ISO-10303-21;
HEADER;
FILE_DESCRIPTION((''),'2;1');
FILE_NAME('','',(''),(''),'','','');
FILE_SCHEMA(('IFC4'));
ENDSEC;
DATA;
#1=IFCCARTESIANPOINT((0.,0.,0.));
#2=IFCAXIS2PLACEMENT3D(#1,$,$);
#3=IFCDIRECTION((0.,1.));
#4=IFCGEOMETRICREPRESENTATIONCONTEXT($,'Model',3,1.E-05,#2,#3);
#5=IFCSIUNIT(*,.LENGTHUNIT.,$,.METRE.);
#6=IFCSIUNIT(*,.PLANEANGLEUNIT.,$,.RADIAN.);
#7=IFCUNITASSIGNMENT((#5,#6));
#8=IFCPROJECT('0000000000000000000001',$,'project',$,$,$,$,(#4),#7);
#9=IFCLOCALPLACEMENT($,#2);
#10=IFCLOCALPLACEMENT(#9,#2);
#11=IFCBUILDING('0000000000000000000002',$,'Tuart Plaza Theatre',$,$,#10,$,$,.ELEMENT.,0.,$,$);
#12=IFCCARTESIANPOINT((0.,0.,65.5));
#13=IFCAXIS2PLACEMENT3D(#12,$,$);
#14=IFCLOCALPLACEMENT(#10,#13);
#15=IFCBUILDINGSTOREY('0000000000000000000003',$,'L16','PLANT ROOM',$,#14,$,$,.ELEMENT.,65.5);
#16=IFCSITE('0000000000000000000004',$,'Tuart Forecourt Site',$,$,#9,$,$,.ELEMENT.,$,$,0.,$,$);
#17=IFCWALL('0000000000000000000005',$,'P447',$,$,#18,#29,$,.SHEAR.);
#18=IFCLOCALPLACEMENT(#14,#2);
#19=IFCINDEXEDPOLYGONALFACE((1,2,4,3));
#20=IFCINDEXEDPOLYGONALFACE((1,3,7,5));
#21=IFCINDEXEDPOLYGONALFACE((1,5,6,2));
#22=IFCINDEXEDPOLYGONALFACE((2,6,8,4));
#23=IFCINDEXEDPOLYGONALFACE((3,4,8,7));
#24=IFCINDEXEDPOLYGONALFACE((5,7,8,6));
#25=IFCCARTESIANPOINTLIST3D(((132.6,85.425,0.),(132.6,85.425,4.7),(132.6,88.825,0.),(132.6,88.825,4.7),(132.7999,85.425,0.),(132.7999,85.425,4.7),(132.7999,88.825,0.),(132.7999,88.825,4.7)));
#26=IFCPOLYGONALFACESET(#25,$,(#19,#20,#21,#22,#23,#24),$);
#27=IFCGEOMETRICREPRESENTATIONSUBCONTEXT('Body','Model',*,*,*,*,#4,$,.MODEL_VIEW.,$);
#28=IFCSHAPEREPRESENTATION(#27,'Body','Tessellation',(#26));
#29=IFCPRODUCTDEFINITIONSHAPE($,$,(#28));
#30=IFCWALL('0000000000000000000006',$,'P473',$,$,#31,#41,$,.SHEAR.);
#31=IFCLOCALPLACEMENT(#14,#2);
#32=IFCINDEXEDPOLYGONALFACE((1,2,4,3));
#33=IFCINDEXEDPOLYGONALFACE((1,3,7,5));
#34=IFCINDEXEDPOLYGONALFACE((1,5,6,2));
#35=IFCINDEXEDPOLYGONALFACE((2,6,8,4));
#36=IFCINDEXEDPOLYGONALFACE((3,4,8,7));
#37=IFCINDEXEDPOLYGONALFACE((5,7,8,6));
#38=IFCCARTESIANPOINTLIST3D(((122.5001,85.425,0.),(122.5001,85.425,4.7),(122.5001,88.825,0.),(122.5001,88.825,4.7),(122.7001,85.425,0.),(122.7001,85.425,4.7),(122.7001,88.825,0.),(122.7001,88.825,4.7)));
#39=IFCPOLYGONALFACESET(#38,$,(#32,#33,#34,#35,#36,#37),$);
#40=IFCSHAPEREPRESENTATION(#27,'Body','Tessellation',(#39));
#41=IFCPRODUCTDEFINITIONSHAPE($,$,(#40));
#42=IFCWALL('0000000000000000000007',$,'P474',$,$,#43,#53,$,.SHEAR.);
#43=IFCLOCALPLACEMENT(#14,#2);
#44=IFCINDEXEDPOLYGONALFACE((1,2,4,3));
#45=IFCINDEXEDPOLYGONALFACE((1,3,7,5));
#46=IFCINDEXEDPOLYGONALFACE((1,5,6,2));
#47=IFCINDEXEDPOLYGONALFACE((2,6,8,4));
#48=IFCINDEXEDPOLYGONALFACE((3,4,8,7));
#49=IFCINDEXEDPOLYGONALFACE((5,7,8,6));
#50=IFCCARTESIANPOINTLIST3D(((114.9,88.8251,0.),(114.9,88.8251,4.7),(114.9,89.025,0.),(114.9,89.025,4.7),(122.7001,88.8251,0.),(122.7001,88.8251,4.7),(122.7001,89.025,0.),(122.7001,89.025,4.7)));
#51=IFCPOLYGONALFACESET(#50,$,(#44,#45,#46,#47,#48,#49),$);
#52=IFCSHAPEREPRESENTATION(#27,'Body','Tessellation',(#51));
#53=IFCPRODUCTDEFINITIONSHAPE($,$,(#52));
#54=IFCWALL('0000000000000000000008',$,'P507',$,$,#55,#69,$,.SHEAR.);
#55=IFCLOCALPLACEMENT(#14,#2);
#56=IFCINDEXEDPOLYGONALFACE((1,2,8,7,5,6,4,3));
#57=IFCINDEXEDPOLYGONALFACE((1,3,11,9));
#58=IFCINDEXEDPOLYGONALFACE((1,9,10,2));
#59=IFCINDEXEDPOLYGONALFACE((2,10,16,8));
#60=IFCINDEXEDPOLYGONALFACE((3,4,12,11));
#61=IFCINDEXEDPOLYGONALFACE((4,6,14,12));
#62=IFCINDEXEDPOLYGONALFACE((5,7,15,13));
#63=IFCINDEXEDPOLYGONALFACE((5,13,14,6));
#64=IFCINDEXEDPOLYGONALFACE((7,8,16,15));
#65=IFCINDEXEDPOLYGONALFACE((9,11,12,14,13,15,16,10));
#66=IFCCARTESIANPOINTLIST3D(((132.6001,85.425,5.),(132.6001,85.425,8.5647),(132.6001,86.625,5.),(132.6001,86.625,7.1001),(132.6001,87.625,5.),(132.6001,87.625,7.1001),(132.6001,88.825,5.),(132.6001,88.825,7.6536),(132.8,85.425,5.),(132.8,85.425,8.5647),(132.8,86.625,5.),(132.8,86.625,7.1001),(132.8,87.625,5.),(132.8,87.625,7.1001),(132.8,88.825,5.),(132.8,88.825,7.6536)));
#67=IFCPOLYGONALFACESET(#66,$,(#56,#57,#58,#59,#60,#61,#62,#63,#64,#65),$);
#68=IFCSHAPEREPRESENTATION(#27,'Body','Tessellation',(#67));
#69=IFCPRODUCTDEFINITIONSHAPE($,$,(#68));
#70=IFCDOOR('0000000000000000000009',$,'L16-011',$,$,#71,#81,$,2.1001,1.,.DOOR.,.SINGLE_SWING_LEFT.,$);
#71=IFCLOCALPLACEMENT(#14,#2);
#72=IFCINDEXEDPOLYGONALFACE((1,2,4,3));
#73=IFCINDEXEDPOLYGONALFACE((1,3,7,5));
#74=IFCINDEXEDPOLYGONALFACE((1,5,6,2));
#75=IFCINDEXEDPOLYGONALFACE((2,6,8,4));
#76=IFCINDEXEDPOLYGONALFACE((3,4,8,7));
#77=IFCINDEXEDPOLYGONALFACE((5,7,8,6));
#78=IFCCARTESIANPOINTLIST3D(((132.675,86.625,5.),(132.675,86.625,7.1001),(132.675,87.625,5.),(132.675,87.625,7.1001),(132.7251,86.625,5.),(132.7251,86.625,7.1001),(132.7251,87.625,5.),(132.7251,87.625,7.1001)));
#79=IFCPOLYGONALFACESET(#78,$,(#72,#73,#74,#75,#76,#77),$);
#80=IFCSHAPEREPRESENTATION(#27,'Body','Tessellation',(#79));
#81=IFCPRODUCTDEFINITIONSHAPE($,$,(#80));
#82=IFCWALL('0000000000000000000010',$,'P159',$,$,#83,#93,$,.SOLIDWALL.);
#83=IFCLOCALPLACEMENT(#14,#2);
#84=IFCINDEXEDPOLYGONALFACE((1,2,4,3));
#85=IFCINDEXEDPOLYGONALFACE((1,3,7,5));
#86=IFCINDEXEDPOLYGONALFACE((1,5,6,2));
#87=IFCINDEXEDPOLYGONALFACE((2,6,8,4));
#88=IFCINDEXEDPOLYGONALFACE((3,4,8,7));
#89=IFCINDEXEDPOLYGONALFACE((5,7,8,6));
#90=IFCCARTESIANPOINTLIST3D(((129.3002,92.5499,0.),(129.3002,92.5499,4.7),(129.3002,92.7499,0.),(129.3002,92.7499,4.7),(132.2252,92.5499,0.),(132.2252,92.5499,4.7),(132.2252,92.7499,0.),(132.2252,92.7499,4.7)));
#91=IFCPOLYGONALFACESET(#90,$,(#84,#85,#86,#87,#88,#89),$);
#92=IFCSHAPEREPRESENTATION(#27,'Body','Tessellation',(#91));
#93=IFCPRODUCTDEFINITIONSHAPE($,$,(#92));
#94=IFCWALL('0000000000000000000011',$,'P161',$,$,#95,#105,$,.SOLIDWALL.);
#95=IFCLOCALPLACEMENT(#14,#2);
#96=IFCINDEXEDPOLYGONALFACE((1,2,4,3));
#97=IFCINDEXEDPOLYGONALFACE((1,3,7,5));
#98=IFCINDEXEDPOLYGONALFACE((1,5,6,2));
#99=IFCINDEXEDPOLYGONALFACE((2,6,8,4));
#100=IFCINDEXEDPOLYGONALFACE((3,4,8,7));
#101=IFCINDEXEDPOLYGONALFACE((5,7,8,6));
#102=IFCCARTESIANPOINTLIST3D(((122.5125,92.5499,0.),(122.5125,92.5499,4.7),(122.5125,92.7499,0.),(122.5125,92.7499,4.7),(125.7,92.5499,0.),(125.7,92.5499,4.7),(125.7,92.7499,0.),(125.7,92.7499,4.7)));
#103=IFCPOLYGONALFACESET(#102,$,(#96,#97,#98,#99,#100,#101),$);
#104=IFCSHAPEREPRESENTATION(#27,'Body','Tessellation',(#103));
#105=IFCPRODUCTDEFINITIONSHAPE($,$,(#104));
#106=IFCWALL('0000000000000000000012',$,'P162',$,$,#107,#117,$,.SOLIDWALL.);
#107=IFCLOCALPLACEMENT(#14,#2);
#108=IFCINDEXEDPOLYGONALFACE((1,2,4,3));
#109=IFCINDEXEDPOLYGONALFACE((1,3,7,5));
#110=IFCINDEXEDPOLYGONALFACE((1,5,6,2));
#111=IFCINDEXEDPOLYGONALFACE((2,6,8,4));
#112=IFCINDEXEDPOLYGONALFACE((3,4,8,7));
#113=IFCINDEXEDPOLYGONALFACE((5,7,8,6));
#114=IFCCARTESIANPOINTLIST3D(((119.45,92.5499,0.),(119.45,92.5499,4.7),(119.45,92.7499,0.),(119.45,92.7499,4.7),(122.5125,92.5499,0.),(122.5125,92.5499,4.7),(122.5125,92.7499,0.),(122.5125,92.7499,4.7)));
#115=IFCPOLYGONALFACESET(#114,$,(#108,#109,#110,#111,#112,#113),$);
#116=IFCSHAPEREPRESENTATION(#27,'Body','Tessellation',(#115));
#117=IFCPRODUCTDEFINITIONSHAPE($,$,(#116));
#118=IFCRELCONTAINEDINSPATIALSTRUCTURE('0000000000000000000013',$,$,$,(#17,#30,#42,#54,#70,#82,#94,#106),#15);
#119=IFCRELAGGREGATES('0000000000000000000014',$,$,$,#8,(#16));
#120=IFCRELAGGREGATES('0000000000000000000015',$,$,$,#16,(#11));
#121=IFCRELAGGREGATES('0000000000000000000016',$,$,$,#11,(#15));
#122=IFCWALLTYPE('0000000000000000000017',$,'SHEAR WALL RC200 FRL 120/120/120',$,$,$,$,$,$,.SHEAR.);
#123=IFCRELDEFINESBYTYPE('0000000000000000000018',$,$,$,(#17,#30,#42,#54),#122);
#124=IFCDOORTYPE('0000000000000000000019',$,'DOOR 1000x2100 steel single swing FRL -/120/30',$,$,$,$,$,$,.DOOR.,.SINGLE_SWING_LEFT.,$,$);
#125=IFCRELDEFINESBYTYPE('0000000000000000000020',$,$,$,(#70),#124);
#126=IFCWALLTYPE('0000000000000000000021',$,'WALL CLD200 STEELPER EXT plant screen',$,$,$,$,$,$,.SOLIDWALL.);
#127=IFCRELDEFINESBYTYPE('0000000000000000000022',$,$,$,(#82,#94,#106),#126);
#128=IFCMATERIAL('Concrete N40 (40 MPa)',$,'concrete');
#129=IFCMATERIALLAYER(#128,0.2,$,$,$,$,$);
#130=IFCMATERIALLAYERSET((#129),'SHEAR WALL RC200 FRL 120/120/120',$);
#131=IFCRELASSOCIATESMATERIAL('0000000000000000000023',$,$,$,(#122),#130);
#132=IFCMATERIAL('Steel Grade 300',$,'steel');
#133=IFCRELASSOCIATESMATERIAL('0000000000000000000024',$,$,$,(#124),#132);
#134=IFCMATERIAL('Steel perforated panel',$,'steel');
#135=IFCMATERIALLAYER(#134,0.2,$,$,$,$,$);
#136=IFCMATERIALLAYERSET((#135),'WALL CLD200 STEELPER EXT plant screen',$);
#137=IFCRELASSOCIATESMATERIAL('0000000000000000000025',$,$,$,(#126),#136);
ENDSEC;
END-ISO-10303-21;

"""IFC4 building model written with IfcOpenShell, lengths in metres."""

from ifc_helpers import new_model, si_unit, direction, frame, frame_2d, origin, place, context, subcontext, project, spatial, polyline, rectangle, outline, extrude, material, layer, layer_set, type_object, element, fill, save


model = new_model("IFC4")

# Units and contexts
model_context = context("Model", 3, precision=1e-05, world=origin(), true_north=direction((0.0, 1.0)))
body_context = subcontext(model_context, "Body", "Model", "MODEL_VIEW")
ifc_project = project(units=[si_unit("LENGTHUNIT", "METRE"), si_unit("PLANEANGLEUNIT", "RADIAN")], contexts=[model_context])

# Site, building, storey
site_placement = place(None, origin())
site = spatial("IfcSite", under=ifc_project, at=site_placement, Name="Tuart Forecourt Site", CompositionType="ELEMENT", RefElevation=0.0)
building_placement = place(site_placement, origin())
building = spatial("IfcBuilding", under=site, at=building_placement, Name="Tuart Plaza Theatre", CompositionType="ELEMENT", ElevationOfRefHeight=0.0)
storey_placement = place(building_placement, frame((0.0, 0.0, 65.5)))
storey = spatial("IfcBuildingStorey", under=building, at=storey_placement, Name="L16", Description="PLANT ROOM", CompositionType="ELEMENT", Elevation=65.5)

# Walls
ifc_material_1 = material(Name="Concrete N40 (40 MPa)", Category="concrete")
ifc_layer_1 = layer(ifc_material_1, 0.2)
ifc_layer_set_1 = layer_set([ifc_layer_1], Name="SHEAR WALL RC200 FRL 120/120/120")
wall_type_1 = type_object("IfcWallType", Name="SHEAR WALL RC200 FRL 120/120/120", PredefinedType="SHEAR", material=ifc_layer_set_1)
for number, where, z_axis, x_axis, name in (
    (1, (132.7, 88.825, 0.0), (0.0, 0.0, 1.0), (0.0, -1.0, 0.0), "P447"),
    (2, (122.6001, 85.425, 0.0), (0.0, 0.0, 1.0), (0.0, 1.0, 0.0), "P473"),
):
    element("IfcWall", number, at=place(storey_placement, frame(where, z_axis=z_axis, x_axis=x_axis)), inside=storey, type_object=wall_type_1, Name=name, PredefinedType="SHEAR", context=body_context, shape_type="SweptSolid", body=[
        extrude(rectangle(XDim=3.3999, YDim=0.2, at=frame_2d((1.7, 0.0))), origin(), (0.0, 0.0, 1.0), 4.7),
    ])
wall_1_placement = place(storey_placement, frame((122.7, 88.925, 0.0), z_axis=(0.0, 0.0, 1.0), x_axis=(-1.0, 0.0, 0.0)))
element("IfcWall", 3, at=wall_1_placement, inside=storey, type_object=wall_type_1, Name="P474", PredefinedType="SHEAR", context=body_context, shape_type="SweptSolid", body=[
    extrude(rectangle(XDim=7.8, YDim=0.2, at=frame_2d((3.8999, 0.0))), origin(), (0.0, 0.0, 1.0), 4.7),
])

# Wall, opening, door
wall_2_placement = place(storey_placement, frame((132.7, 88.825, 5.0), z_axis=(0.0, 0.0, 1.0), x_axis=(0.0, -1.0, 0.0)))
wall_2 = element("IfcWall", 4, at=wall_2_placement, inside=storey, type_object=wall_type_1, Name="P507", PredefinedType="SHEAR", context=body_context, shape_type="SweptSolid", body=[
    extrude(outline(polyline([(0.0, 0.0), (3.3999, 0.0), (3.3999, 3.5647), (0.0, 2.6536), (0.0, 0.0)])), frame((0.0, 0.1001, 0.0), z_axis=(0.0, -1.0, 0.0), x_axis=(1.0, 0.0, 0.0)), (0.0, 0.0, 1.0), 0.2),
])
opening_1_placement = place(wall_2_placement, frame((1.2, 0.0, 0.0)))
opening_1 = element("IfcOpeningElement", 5, at=opening_1_placement, cuts=wall_2, PredefinedType="OPENING", context=body_context, shape_type="SweptSolid", body=[
    extrude(rectangle(XDim=1.0, YDim=2.1001, at=frame_2d((0.5, 1.05))), frame((0.0, 0.1099, 0.0), z_axis=(0.0, -1.0, 0.0), x_axis=(1.0, 0.0, 0.0)), (0.0, 0.0, 1.0), 0.22),
])
ifc_material_2 = material(Name="Steel Grade 300", Category="steel")
door_type_1 = type_object("IfcDoorType", Name="DOOR 1000x2100 steel single swing FRL -/120/30", OperationType="SINGLE_SWING_LEFT", PredefinedType="DOOR", material=ifc_material_2)
door_1_placement = place(opening_1_placement, frame((1.0, 0.0, 0.0), z_axis=(0.0, 0.0, 1.0), x_axis=(-1.0, 0.0, 0.0)))
door_1 = element("IfcDoor", 6, at=door_1_placement, inside=storey, type_object=door_type_1, Name="L16-011", OperationType="SINGLE_SWING_LEFT", OverallHeight=2.1001, OverallWidth=1.0, PredefinedType="DOOR", context=body_context, shape_type="SweptSolid", body=[
    extrude(rectangle(XDim=1.0, YDim=2.1001, at=frame_2d((0.5, 1.05))), frame((0.0, 0.0249, 0.0), z_axis=(0.0, -1.0, 0.0), x_axis=(1.0, 0.0, 0.0)), (0.0, 0.0, 1.0), 0.05),
])
fill(opening_1, door_1)

# Walls
ifc_material_3 = material(Name="Steel perforated panel", Category="steel")
ifc_layer_2 = layer(ifc_material_3, 0.2)
ifc_layer_set_2 = layer_set([ifc_layer_2], Name="WALL CLD200 STEELPER EXT plant screen")
wall_type_2 = type_object("IfcWallType", Name="WALL CLD200 STEELPER EXT plant screen", PredefinedType="SOLIDWALL", material=ifc_layer_set_2)
wall_3_placement = place(storey_placement, frame((132.2251, 92.6499, 0.0), z_axis=(0.0, 0.0, 1.0), x_axis=(-1.0, 0.0, 0.0)))
element("IfcWall", 7, at=wall_3_placement, inside=storey, type_object=wall_type_2, Name="P159", PredefinedType="SOLIDWALL", context=body_context, shape_type="SweptSolid", body=[
    extrude(rectangle(XDim=2.925, YDim=0.2, at=frame_2d((1.4624, 0.0))), origin(), (0.0, 0.0, 1.0), 4.7),
])
wall_4_placement = place(storey_placement, frame((125.7, 92.6499, 0.0), z_axis=(0.0, 0.0, 1.0), x_axis=(-1.0, 0.0, 0.0)))
element("IfcWall", 8, at=wall_4_placement, inside=storey, type_object=wall_type_2, Name="P161", PredefinedType="SOLIDWALL", context=body_context, shape_type="SweptSolid", body=[
    extrude(rectangle(XDim=3.1875, YDim=0.2, at=frame_2d((1.5938, 0.0))), origin(), (0.0, 0.0, 1.0), 4.7),
])
wall_5_placement = place(storey_placement, frame((122.5125, 92.6499, 0.0), z_axis=(0.0, 0.0, 1.0), x_axis=(-1.0, 0.0, 0.0)))
element("IfcWall", 9, at=wall_5_placement, inside=storey, type_object=wall_type_2, Name="P162", PredefinedType="SOLIDWALL", context=body_context, shape_type="SweptSolid", body=[
    extrude(rectangle(XDim=3.0625, YDim=0.2, at=frame_2d((1.5312, 0.0))), origin(), (0.0, 0.0, 1.0), 4.7),
])

save(model, "model.ifc")
